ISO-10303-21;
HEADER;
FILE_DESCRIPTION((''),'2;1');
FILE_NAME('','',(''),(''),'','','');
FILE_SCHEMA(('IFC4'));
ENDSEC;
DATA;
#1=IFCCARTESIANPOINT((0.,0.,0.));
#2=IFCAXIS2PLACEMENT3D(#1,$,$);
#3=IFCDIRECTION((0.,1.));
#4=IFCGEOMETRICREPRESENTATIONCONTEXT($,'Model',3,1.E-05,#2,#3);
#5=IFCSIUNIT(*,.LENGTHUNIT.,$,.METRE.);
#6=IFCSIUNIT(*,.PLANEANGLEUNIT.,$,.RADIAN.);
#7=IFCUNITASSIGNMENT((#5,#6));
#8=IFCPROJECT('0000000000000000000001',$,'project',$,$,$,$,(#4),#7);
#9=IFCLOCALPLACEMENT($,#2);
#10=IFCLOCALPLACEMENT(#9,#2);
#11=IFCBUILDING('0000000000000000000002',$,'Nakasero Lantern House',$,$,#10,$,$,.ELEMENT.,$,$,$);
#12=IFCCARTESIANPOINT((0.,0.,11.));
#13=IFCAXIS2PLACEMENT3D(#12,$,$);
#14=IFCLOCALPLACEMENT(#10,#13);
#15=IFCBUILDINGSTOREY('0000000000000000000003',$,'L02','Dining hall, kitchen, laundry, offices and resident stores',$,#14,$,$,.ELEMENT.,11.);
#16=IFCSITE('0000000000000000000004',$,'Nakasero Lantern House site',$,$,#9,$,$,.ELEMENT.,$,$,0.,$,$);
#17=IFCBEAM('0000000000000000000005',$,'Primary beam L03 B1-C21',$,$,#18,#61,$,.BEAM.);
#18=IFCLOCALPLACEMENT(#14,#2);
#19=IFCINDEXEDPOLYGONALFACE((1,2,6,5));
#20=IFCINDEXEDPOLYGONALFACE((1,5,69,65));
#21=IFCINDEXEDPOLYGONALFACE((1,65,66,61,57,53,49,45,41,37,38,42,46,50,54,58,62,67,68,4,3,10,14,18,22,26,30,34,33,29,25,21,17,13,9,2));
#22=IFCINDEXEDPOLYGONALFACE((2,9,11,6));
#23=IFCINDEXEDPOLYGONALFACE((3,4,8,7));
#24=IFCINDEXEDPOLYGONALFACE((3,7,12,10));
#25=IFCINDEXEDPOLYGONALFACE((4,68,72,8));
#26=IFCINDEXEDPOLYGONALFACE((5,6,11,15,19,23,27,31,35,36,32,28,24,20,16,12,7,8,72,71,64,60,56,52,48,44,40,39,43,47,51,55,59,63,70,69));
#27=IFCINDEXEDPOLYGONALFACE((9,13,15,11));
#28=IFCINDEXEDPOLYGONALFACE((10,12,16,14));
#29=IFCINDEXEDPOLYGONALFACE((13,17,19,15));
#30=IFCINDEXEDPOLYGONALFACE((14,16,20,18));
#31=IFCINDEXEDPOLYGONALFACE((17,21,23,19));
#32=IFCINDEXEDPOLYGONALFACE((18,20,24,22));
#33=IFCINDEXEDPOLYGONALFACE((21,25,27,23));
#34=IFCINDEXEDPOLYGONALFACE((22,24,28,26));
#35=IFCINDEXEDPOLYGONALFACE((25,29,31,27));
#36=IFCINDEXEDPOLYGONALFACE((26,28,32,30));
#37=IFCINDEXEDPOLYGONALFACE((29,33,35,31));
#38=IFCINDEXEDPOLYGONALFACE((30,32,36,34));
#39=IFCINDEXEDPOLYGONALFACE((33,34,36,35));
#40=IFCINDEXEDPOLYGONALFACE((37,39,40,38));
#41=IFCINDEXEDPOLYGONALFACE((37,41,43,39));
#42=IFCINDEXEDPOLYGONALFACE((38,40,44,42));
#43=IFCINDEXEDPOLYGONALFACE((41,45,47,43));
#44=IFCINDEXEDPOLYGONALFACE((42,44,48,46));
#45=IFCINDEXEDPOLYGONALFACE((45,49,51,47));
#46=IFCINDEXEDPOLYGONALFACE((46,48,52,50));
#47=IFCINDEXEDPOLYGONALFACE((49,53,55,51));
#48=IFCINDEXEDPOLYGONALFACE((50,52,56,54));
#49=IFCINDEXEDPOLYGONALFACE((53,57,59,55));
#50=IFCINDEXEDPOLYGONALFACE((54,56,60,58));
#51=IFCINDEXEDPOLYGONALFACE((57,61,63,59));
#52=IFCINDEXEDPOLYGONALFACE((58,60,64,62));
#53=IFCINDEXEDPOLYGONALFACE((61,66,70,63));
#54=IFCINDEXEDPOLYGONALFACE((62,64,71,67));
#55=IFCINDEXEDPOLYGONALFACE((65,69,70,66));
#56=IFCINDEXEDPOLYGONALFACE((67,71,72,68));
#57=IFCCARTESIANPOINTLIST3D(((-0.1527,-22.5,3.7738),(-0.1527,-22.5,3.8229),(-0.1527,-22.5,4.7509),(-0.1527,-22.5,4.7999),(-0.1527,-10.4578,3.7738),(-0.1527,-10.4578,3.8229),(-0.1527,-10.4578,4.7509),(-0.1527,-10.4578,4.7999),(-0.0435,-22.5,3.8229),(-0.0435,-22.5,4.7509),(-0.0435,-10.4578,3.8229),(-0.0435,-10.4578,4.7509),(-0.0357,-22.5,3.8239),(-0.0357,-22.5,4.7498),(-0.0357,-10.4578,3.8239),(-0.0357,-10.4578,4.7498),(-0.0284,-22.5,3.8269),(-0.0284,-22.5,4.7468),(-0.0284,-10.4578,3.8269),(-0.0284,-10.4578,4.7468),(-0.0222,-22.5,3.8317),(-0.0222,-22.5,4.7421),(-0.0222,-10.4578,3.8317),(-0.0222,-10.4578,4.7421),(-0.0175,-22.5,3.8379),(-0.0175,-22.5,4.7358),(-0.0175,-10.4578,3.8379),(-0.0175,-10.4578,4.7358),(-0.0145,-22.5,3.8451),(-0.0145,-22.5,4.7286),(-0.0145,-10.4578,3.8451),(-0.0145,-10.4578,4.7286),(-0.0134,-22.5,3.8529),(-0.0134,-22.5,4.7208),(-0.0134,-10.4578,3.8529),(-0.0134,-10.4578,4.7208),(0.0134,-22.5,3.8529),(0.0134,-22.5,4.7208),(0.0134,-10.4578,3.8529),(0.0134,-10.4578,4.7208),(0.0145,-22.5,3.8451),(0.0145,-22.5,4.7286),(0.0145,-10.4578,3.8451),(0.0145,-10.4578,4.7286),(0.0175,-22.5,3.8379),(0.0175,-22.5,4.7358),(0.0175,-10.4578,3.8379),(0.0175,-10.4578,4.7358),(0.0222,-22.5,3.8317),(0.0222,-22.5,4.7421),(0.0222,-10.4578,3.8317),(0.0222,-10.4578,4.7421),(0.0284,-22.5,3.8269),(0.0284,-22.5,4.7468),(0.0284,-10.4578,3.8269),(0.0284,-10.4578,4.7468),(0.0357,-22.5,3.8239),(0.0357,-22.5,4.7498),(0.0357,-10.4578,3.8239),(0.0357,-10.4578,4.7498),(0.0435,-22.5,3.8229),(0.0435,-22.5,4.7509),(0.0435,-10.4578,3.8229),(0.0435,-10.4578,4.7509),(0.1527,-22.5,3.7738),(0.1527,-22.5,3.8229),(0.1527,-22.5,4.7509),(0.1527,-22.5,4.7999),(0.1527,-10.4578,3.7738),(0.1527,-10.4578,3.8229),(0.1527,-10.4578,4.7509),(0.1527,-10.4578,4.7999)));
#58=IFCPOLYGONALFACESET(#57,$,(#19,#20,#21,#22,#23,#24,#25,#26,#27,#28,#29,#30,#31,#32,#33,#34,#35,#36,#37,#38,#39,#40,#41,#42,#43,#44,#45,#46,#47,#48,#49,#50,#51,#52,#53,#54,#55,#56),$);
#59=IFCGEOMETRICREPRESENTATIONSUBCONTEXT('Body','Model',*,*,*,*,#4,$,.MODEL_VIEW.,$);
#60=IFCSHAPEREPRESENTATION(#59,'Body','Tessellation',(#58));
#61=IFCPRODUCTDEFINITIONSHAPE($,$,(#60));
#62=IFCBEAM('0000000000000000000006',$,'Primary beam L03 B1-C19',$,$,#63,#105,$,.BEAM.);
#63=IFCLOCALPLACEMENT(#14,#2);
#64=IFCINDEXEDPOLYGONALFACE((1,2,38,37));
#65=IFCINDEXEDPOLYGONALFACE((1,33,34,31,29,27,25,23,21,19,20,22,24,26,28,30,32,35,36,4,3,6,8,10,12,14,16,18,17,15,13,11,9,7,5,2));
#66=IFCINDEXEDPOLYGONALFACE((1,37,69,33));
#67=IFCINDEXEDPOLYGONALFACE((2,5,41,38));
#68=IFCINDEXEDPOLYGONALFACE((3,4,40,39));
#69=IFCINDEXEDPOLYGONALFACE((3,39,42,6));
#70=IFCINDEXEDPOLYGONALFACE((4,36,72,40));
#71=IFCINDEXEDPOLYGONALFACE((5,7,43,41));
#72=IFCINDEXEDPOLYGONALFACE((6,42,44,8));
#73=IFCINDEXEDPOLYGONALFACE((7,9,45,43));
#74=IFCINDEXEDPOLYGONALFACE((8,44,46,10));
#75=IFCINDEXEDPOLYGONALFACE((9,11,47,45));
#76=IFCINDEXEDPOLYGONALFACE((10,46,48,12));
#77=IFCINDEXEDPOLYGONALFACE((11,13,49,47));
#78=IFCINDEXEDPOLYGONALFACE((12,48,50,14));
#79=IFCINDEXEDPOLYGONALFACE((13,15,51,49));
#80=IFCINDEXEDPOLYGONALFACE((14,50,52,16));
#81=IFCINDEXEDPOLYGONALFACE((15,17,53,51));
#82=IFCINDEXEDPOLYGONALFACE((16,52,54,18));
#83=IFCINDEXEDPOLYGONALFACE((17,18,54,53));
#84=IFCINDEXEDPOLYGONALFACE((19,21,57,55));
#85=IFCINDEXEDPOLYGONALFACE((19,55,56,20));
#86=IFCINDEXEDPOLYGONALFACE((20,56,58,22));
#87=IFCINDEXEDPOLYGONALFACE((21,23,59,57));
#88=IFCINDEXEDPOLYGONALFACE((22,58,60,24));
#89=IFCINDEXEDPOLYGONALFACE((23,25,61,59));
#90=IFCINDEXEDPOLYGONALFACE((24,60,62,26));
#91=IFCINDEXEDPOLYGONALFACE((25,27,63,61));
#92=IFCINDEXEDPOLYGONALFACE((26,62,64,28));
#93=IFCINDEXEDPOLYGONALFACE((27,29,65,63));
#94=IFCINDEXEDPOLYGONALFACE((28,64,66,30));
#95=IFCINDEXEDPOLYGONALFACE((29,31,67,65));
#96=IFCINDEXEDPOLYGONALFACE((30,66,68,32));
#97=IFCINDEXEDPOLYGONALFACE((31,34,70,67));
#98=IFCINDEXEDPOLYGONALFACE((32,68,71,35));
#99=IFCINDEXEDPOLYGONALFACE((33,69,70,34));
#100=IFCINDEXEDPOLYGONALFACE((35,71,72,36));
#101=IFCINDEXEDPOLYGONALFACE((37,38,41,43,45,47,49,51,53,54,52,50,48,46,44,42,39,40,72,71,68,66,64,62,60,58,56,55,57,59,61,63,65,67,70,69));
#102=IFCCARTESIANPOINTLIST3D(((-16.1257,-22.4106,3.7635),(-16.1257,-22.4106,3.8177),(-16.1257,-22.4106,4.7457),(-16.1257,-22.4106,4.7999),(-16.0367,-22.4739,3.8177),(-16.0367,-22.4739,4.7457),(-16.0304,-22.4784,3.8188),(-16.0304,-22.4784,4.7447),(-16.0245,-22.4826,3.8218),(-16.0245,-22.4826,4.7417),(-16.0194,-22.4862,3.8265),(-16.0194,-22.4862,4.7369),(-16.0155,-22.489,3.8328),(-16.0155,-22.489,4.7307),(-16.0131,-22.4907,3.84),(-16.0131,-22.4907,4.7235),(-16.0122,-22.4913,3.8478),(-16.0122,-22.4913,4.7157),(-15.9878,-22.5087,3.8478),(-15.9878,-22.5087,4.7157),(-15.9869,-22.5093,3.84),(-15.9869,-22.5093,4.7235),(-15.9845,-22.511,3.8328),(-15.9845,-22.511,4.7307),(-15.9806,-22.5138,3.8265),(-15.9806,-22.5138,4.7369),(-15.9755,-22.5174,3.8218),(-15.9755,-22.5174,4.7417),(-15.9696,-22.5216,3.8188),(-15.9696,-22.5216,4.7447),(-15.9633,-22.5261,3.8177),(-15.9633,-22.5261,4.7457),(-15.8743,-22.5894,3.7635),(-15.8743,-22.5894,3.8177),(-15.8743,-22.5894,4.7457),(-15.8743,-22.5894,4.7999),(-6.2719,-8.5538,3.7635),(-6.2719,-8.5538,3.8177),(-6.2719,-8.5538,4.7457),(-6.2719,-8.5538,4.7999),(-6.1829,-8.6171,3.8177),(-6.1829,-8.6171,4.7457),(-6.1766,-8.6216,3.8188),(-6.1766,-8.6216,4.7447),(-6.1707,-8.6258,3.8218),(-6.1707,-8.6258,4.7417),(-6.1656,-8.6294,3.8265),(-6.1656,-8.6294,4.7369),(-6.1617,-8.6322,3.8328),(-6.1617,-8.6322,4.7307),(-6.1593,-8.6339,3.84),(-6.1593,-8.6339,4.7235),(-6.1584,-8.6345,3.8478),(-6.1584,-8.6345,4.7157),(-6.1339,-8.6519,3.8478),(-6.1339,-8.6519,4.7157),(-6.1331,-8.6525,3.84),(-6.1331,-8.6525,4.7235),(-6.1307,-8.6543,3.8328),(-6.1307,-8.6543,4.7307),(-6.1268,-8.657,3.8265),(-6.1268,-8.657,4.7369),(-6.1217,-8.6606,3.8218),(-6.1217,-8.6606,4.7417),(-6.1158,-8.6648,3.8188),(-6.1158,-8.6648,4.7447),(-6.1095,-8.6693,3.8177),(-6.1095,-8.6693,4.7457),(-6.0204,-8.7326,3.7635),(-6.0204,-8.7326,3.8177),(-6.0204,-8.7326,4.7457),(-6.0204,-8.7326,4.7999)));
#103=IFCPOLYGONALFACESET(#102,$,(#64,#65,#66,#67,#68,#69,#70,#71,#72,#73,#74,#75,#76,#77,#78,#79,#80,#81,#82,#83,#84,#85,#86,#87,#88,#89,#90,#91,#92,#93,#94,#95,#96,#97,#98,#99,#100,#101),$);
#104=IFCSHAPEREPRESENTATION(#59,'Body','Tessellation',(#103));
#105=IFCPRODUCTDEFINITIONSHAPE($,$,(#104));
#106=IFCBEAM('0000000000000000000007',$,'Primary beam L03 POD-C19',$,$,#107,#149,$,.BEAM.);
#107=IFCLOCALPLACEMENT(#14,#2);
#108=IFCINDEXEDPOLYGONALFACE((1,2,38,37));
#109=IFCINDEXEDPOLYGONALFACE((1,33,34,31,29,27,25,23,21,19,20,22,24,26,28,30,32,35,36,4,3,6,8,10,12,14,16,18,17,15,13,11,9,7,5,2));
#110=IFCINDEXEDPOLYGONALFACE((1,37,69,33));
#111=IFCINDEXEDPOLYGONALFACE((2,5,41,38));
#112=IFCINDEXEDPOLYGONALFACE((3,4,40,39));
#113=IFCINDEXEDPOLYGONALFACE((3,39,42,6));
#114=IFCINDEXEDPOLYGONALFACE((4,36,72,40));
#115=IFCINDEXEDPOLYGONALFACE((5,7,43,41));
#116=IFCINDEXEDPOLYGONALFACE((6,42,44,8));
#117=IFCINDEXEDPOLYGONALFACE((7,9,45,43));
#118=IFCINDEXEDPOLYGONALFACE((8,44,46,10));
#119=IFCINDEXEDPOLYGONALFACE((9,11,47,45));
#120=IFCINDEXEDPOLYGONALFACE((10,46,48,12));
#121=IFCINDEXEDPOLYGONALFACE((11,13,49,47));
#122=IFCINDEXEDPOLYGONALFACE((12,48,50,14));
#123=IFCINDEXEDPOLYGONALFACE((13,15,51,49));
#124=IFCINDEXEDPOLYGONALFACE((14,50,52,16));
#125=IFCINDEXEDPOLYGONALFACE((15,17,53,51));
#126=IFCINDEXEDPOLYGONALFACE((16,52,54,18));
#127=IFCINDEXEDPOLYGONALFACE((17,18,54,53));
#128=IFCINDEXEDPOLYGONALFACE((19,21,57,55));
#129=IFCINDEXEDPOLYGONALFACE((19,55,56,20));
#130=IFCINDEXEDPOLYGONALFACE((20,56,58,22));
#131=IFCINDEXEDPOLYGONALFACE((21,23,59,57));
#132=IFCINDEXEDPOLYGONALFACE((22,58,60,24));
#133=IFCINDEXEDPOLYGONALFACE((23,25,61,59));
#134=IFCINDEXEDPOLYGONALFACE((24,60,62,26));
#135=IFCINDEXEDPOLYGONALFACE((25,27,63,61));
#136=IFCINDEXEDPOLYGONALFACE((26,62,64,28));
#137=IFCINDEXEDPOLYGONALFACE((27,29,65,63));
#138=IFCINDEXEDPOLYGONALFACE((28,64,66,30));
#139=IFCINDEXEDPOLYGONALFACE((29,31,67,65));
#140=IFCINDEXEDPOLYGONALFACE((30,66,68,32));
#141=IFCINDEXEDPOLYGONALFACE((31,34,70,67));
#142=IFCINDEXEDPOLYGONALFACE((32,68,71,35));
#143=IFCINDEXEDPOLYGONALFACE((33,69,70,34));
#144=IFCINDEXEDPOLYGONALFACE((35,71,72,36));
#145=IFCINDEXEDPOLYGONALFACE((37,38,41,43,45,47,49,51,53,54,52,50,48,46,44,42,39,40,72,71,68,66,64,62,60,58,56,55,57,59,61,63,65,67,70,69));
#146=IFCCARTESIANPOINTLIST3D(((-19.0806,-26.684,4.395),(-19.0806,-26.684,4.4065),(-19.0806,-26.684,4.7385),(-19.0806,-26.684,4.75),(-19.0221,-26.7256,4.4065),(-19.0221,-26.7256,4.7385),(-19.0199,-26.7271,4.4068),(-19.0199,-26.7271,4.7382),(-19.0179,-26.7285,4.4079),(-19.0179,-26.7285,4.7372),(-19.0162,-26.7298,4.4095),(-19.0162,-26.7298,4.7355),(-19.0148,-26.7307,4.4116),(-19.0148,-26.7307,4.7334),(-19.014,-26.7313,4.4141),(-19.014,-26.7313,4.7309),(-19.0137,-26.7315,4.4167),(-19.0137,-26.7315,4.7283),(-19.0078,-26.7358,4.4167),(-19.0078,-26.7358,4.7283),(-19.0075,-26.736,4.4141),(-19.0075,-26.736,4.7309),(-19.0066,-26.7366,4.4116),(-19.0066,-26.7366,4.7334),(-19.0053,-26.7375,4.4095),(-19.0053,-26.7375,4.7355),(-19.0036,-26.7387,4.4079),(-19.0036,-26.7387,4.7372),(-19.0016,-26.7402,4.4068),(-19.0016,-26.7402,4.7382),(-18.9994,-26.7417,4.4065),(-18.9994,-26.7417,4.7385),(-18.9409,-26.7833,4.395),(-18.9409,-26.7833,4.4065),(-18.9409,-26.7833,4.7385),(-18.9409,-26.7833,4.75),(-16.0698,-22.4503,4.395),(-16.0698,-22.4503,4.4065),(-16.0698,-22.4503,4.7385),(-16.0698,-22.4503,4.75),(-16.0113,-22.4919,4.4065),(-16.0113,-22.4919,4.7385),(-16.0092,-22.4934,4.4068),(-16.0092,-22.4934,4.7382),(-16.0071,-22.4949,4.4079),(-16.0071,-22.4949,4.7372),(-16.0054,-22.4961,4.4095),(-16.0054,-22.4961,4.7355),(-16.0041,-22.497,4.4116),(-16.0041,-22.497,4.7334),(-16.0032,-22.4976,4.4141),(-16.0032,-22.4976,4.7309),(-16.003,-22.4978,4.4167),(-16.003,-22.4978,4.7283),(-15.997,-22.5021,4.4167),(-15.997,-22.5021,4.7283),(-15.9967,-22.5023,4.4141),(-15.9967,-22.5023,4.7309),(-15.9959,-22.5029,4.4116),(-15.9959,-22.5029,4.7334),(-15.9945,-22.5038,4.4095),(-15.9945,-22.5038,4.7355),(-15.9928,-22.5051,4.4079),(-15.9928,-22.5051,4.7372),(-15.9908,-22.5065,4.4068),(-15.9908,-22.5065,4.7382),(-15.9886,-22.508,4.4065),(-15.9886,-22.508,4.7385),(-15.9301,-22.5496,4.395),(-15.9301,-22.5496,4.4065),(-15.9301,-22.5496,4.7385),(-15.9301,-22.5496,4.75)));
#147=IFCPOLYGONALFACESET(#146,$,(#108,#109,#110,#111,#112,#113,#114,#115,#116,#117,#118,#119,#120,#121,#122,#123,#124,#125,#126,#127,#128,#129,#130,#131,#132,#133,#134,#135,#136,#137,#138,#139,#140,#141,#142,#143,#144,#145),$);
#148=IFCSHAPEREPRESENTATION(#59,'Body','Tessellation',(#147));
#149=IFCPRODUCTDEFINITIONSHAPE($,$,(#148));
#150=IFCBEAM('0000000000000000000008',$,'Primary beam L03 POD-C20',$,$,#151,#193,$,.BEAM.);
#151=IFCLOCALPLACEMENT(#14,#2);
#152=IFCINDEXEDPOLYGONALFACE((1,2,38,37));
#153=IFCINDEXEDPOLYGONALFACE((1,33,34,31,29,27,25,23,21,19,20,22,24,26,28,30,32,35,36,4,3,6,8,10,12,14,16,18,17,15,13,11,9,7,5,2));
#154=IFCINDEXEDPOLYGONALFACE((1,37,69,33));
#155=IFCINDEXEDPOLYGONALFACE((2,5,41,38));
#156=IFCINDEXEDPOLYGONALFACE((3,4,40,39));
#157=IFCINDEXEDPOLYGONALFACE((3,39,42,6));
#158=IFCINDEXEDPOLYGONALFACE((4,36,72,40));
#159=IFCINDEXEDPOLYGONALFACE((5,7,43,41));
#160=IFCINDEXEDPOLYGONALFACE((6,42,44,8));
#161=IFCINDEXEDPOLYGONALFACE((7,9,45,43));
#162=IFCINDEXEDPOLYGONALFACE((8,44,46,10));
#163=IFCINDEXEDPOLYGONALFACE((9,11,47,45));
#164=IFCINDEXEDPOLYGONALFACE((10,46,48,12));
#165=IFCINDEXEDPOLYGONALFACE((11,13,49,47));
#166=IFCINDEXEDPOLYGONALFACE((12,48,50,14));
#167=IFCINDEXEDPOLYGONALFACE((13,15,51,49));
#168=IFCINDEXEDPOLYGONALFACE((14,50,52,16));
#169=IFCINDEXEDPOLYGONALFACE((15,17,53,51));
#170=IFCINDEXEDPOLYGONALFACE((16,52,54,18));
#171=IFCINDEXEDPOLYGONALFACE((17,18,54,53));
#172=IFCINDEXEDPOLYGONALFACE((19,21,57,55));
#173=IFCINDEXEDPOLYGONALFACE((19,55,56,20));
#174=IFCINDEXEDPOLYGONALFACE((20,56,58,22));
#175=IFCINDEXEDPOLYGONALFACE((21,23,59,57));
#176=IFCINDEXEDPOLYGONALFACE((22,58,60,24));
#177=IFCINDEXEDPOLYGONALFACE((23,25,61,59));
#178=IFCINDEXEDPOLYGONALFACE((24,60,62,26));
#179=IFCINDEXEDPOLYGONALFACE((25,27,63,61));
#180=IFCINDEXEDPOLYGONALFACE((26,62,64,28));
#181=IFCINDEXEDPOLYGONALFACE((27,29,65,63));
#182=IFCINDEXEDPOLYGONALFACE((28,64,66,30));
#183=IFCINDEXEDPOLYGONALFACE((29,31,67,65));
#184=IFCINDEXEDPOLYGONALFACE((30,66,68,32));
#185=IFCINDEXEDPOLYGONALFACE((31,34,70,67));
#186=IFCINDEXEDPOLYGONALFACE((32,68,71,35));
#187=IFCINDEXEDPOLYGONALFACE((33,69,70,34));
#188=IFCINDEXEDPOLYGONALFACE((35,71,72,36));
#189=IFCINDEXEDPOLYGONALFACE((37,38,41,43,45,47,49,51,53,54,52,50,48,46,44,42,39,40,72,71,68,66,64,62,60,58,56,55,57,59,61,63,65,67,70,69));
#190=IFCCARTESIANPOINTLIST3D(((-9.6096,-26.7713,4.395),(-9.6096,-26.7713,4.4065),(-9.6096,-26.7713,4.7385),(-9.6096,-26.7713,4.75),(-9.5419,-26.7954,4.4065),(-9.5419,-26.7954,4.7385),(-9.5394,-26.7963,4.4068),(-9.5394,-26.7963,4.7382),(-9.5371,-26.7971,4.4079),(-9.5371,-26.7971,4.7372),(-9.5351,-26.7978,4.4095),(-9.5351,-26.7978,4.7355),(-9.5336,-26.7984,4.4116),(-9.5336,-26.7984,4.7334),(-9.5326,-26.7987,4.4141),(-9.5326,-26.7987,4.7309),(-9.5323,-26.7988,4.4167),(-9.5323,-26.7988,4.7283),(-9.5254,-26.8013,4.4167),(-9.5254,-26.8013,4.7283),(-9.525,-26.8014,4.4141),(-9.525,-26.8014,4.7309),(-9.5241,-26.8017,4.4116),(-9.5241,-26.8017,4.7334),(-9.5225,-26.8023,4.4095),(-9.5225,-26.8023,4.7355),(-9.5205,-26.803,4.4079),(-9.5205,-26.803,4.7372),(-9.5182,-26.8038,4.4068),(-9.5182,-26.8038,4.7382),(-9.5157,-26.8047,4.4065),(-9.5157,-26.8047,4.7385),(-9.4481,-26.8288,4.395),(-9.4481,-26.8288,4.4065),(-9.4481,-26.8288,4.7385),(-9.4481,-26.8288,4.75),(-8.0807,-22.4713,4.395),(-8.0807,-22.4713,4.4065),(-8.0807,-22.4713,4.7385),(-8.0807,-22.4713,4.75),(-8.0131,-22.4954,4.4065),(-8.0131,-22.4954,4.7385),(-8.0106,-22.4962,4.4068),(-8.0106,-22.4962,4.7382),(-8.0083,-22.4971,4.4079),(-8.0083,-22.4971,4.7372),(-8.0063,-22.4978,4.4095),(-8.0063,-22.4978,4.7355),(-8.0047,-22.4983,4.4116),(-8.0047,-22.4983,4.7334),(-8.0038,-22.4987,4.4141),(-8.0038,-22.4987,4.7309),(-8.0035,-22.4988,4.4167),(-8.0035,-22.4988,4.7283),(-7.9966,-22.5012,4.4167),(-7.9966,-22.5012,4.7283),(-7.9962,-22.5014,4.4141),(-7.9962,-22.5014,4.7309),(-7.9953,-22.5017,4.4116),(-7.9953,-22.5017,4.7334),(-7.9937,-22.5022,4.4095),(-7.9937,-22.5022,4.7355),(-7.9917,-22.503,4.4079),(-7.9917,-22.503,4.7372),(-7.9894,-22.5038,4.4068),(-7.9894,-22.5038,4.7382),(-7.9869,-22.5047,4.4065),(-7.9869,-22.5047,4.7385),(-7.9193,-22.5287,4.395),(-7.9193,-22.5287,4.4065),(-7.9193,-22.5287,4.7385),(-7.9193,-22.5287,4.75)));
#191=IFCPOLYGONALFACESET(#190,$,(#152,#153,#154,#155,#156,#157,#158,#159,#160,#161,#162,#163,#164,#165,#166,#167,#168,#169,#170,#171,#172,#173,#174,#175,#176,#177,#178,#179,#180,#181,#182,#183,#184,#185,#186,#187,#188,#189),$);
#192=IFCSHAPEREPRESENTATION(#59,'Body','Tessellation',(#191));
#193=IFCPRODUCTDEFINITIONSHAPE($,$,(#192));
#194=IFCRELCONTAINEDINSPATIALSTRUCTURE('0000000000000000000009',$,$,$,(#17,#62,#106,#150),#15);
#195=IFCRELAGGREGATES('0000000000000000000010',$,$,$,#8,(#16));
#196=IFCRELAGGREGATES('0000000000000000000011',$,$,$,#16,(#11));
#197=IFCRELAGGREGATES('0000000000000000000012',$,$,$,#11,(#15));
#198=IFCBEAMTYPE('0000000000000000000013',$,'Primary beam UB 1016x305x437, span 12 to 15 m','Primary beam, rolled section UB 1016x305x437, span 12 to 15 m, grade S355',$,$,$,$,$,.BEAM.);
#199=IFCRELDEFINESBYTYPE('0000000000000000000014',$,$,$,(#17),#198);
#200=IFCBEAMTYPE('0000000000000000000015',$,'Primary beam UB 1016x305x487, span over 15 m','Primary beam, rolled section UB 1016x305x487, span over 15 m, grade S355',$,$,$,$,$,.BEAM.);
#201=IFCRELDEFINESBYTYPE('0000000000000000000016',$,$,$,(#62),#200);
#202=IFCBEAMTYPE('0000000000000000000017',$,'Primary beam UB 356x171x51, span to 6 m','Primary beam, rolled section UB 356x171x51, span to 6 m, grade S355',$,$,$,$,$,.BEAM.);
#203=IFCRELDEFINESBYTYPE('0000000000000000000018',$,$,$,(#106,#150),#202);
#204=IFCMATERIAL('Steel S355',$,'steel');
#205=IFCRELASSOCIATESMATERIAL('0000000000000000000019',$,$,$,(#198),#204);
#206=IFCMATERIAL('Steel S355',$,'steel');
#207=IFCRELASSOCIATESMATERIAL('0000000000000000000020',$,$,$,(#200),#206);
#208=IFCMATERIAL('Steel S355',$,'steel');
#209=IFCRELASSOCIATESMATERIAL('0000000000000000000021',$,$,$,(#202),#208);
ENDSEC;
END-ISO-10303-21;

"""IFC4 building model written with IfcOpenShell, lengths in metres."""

from ifc_helpers import new_model, si_unit, direction, frame, origin, origin_2d, place, context, subcontext, project, spatial, i_section, extrude, material, material_profile, profile_set, type_object, element, save


model = new_model("IFC4")

# Units and contexts
model_context = context("Model", 3, precision=1e-05, world=origin(), true_north=direction((0.0, 1.0)))
body_context = subcontext(model_context, "Body", "Model", "MODEL_VIEW")
ifc_project = project(units=[si_unit("LENGTHUNIT", "METRE"), si_unit("PLANEANGLEUNIT", "RADIAN")], contexts=[model_context])

# Site, building, storey
site_placement = place(None, origin())
site = spatial("IfcSite", under=ifc_project, at=site_placement, Name="Nakasero Lantern House site", CompositionType="ELEMENT", RefElevation=0.0)
building_placement = place(site_placement, origin())
building = spatial("IfcBuilding", under=site, at=building_placement, Name="Nakasero Lantern House", CompositionType="ELEMENT")
storey_placement = place(building_placement, frame((0.0, 0.0, 11.0)))
storey = spatial("IfcBuildingStorey", under=building, at=storey_placement, Name="L02", Description="Dining hall, kitchen, laundry, offices and resident stores", CompositionType="ELEMENT", Elevation=11.0)

# Beams
ifc_material_1 = material(Name="Steel S355", Category="steel")
ifc_material_profile_1 = material_profile(ifc_material_1, i_section(OverallWidth=0.3054, OverallDepth=1.0261, WebThickness=0.0269, FlangeThickness=0.0491, FilletRadius=0.03, at=origin_2d()), Name="UB 1016x305x437")
ifc_profile_set_1 = profile_set([ifc_material_profile_1], Name="Steel S355")
beam_type_1 = type_object("IfcBeamType", Name="Primary beam UB 1016x305x437, span 12 to 15 m", Description="Primary beam, rolled section UB 1016x305x437, span 12 to 15 m, grade S355", PredefinedType="BEAM", material=ifc_profile_set_1)
beam_1_placement = place(storey_placement, frame((0.0, -22.5, 4.2869), z_axis=(0.0, 1.0, 0.0), x_axis=(-1.0, 0.0, 0.0)))
element("IfcBeam", 1, at=beam_1_placement, inside=storey, type_object=beam_type_1, Name="Primary beam L03 B1-C21", PredefinedType="BEAM", context=body_context, shape_type="SweptSolid", body=[
    extrude(i_section(OverallWidth=0.3054, OverallDepth=1.0261, WebThickness=0.0269, FlangeThickness=0.0491, FilletRadius=0.03, at=origin_2d()), origin(), (0.0, 0.0, 1.0), 12.0422),
])
ifc_material_2 = material(Name="Steel S355", Category="steel")
ifc_material_profile_2 = material_profile(ifc_material_2, i_section(OverallWidth=0.3086, OverallDepth=1.0364, WebThickness=0.03, FlangeThickness=0.0542, FilletRadius=0.03, at=origin_2d()), Name="UB 1016x305x487")
ifc_profile_set_2 = profile_set([ifc_material_profile_2], Name="Steel S355")
beam_type_2 = type_object("IfcBeamType", Name="Primary beam UB 1016x305x487, span over 15 m", Description="Primary beam, rolled section UB 1016x305x487, span over 15 m, grade S355", PredefinedType="BEAM", material=ifc_profile_set_2)
beam_2_placement = place(storey_placement, frame((-16.0, -22.5, 4.2817), z_axis=(0.579528, 0.814952, 0.0), x_axis=(-0.814952, 0.579528, 0.0)))
element("IfcBeam", 2, at=beam_2_placement, inside=storey, type_object=beam_type_2, Name="Primary beam L03 B1-C19", PredefinedType="BEAM", context=body_context, shape_type="SweptSolid", body=[
    extrude(i_section(OverallWidth=0.3086, OverallDepth=1.0364, WebThickness=0.03, FlangeThickness=0.0542, FilletRadius=0.03, at=origin_2d()), origin(), (0.0, 0.0, 1.0), 17.0032),
])
ifc_material_3 = material(Name="Steel S355", Category="steel")
ifc_material_profile_3 = material_profile(ifc_material_3, i_section(OverallWidth=0.1714, OverallDepth=0.355, WebThickness=0.0073, FlangeThickness=0.0115, FilletRadius=0.0103, at=origin_2d()), Name="UB 356x171x51")
ifc_profile_set_3 = profile_set([ifc_material_profile_3], Name="Steel S355")
beam_type_3 = type_object("IfcBeamType", Name="Primary beam UB 356x171x51, span to 6 m", Description="Primary beam, rolled section UB 356x171x51, span to 6 m, grade S355", PredefinedType="BEAM", material=ifc_profile_set_3)
beam_3_placement = place(storey_placement, frame((-19.0107, -26.7336, 4.5725), z_axis=(0.579543, 0.814942, 0.0), x_axis=(-0.814942, 0.579543, 0.0)))
element("IfcBeam", 3, at=beam_3_placement, inside=storey, type_object=beam_type_3, Name="Primary beam L03 POD-C19", PredefinedType="BEAM", context=body_context, shape_type="SweptSolid", body=[
    extrude(i_section(OverallWidth=0.1714, OverallDepth=0.355, WebThickness=0.0073, FlangeThickness=0.0115, FilletRadius=0.0103, at=origin_2d()), origin(), (0.0, 0.0, 1.0), 5.1951),
])
beam_4_placement = place(storey_placement, frame((-9.5288, -26.8, 4.5725), z_axis=(0.334991, 0.942221, 0.0), x_axis=(-0.942221, 0.334991, 0.0)))
element("IfcBeam", 4, at=beam_4_placement, inside=storey, type_object=beam_type_3, Name="Primary beam L03 POD-C20", PredefinedType="BEAM", context=body_context, shape_type="SweptSolid", body=[
    extrude(i_section(OverallWidth=0.1714, OverallDepth=0.355, WebThickness=0.0073, FlangeThickness=0.0115, FilletRadius=0.0103, at=origin_2d()), origin(), (0.0, 0.0, 1.0), 4.5637),
])

save(model, "model.ifc")
